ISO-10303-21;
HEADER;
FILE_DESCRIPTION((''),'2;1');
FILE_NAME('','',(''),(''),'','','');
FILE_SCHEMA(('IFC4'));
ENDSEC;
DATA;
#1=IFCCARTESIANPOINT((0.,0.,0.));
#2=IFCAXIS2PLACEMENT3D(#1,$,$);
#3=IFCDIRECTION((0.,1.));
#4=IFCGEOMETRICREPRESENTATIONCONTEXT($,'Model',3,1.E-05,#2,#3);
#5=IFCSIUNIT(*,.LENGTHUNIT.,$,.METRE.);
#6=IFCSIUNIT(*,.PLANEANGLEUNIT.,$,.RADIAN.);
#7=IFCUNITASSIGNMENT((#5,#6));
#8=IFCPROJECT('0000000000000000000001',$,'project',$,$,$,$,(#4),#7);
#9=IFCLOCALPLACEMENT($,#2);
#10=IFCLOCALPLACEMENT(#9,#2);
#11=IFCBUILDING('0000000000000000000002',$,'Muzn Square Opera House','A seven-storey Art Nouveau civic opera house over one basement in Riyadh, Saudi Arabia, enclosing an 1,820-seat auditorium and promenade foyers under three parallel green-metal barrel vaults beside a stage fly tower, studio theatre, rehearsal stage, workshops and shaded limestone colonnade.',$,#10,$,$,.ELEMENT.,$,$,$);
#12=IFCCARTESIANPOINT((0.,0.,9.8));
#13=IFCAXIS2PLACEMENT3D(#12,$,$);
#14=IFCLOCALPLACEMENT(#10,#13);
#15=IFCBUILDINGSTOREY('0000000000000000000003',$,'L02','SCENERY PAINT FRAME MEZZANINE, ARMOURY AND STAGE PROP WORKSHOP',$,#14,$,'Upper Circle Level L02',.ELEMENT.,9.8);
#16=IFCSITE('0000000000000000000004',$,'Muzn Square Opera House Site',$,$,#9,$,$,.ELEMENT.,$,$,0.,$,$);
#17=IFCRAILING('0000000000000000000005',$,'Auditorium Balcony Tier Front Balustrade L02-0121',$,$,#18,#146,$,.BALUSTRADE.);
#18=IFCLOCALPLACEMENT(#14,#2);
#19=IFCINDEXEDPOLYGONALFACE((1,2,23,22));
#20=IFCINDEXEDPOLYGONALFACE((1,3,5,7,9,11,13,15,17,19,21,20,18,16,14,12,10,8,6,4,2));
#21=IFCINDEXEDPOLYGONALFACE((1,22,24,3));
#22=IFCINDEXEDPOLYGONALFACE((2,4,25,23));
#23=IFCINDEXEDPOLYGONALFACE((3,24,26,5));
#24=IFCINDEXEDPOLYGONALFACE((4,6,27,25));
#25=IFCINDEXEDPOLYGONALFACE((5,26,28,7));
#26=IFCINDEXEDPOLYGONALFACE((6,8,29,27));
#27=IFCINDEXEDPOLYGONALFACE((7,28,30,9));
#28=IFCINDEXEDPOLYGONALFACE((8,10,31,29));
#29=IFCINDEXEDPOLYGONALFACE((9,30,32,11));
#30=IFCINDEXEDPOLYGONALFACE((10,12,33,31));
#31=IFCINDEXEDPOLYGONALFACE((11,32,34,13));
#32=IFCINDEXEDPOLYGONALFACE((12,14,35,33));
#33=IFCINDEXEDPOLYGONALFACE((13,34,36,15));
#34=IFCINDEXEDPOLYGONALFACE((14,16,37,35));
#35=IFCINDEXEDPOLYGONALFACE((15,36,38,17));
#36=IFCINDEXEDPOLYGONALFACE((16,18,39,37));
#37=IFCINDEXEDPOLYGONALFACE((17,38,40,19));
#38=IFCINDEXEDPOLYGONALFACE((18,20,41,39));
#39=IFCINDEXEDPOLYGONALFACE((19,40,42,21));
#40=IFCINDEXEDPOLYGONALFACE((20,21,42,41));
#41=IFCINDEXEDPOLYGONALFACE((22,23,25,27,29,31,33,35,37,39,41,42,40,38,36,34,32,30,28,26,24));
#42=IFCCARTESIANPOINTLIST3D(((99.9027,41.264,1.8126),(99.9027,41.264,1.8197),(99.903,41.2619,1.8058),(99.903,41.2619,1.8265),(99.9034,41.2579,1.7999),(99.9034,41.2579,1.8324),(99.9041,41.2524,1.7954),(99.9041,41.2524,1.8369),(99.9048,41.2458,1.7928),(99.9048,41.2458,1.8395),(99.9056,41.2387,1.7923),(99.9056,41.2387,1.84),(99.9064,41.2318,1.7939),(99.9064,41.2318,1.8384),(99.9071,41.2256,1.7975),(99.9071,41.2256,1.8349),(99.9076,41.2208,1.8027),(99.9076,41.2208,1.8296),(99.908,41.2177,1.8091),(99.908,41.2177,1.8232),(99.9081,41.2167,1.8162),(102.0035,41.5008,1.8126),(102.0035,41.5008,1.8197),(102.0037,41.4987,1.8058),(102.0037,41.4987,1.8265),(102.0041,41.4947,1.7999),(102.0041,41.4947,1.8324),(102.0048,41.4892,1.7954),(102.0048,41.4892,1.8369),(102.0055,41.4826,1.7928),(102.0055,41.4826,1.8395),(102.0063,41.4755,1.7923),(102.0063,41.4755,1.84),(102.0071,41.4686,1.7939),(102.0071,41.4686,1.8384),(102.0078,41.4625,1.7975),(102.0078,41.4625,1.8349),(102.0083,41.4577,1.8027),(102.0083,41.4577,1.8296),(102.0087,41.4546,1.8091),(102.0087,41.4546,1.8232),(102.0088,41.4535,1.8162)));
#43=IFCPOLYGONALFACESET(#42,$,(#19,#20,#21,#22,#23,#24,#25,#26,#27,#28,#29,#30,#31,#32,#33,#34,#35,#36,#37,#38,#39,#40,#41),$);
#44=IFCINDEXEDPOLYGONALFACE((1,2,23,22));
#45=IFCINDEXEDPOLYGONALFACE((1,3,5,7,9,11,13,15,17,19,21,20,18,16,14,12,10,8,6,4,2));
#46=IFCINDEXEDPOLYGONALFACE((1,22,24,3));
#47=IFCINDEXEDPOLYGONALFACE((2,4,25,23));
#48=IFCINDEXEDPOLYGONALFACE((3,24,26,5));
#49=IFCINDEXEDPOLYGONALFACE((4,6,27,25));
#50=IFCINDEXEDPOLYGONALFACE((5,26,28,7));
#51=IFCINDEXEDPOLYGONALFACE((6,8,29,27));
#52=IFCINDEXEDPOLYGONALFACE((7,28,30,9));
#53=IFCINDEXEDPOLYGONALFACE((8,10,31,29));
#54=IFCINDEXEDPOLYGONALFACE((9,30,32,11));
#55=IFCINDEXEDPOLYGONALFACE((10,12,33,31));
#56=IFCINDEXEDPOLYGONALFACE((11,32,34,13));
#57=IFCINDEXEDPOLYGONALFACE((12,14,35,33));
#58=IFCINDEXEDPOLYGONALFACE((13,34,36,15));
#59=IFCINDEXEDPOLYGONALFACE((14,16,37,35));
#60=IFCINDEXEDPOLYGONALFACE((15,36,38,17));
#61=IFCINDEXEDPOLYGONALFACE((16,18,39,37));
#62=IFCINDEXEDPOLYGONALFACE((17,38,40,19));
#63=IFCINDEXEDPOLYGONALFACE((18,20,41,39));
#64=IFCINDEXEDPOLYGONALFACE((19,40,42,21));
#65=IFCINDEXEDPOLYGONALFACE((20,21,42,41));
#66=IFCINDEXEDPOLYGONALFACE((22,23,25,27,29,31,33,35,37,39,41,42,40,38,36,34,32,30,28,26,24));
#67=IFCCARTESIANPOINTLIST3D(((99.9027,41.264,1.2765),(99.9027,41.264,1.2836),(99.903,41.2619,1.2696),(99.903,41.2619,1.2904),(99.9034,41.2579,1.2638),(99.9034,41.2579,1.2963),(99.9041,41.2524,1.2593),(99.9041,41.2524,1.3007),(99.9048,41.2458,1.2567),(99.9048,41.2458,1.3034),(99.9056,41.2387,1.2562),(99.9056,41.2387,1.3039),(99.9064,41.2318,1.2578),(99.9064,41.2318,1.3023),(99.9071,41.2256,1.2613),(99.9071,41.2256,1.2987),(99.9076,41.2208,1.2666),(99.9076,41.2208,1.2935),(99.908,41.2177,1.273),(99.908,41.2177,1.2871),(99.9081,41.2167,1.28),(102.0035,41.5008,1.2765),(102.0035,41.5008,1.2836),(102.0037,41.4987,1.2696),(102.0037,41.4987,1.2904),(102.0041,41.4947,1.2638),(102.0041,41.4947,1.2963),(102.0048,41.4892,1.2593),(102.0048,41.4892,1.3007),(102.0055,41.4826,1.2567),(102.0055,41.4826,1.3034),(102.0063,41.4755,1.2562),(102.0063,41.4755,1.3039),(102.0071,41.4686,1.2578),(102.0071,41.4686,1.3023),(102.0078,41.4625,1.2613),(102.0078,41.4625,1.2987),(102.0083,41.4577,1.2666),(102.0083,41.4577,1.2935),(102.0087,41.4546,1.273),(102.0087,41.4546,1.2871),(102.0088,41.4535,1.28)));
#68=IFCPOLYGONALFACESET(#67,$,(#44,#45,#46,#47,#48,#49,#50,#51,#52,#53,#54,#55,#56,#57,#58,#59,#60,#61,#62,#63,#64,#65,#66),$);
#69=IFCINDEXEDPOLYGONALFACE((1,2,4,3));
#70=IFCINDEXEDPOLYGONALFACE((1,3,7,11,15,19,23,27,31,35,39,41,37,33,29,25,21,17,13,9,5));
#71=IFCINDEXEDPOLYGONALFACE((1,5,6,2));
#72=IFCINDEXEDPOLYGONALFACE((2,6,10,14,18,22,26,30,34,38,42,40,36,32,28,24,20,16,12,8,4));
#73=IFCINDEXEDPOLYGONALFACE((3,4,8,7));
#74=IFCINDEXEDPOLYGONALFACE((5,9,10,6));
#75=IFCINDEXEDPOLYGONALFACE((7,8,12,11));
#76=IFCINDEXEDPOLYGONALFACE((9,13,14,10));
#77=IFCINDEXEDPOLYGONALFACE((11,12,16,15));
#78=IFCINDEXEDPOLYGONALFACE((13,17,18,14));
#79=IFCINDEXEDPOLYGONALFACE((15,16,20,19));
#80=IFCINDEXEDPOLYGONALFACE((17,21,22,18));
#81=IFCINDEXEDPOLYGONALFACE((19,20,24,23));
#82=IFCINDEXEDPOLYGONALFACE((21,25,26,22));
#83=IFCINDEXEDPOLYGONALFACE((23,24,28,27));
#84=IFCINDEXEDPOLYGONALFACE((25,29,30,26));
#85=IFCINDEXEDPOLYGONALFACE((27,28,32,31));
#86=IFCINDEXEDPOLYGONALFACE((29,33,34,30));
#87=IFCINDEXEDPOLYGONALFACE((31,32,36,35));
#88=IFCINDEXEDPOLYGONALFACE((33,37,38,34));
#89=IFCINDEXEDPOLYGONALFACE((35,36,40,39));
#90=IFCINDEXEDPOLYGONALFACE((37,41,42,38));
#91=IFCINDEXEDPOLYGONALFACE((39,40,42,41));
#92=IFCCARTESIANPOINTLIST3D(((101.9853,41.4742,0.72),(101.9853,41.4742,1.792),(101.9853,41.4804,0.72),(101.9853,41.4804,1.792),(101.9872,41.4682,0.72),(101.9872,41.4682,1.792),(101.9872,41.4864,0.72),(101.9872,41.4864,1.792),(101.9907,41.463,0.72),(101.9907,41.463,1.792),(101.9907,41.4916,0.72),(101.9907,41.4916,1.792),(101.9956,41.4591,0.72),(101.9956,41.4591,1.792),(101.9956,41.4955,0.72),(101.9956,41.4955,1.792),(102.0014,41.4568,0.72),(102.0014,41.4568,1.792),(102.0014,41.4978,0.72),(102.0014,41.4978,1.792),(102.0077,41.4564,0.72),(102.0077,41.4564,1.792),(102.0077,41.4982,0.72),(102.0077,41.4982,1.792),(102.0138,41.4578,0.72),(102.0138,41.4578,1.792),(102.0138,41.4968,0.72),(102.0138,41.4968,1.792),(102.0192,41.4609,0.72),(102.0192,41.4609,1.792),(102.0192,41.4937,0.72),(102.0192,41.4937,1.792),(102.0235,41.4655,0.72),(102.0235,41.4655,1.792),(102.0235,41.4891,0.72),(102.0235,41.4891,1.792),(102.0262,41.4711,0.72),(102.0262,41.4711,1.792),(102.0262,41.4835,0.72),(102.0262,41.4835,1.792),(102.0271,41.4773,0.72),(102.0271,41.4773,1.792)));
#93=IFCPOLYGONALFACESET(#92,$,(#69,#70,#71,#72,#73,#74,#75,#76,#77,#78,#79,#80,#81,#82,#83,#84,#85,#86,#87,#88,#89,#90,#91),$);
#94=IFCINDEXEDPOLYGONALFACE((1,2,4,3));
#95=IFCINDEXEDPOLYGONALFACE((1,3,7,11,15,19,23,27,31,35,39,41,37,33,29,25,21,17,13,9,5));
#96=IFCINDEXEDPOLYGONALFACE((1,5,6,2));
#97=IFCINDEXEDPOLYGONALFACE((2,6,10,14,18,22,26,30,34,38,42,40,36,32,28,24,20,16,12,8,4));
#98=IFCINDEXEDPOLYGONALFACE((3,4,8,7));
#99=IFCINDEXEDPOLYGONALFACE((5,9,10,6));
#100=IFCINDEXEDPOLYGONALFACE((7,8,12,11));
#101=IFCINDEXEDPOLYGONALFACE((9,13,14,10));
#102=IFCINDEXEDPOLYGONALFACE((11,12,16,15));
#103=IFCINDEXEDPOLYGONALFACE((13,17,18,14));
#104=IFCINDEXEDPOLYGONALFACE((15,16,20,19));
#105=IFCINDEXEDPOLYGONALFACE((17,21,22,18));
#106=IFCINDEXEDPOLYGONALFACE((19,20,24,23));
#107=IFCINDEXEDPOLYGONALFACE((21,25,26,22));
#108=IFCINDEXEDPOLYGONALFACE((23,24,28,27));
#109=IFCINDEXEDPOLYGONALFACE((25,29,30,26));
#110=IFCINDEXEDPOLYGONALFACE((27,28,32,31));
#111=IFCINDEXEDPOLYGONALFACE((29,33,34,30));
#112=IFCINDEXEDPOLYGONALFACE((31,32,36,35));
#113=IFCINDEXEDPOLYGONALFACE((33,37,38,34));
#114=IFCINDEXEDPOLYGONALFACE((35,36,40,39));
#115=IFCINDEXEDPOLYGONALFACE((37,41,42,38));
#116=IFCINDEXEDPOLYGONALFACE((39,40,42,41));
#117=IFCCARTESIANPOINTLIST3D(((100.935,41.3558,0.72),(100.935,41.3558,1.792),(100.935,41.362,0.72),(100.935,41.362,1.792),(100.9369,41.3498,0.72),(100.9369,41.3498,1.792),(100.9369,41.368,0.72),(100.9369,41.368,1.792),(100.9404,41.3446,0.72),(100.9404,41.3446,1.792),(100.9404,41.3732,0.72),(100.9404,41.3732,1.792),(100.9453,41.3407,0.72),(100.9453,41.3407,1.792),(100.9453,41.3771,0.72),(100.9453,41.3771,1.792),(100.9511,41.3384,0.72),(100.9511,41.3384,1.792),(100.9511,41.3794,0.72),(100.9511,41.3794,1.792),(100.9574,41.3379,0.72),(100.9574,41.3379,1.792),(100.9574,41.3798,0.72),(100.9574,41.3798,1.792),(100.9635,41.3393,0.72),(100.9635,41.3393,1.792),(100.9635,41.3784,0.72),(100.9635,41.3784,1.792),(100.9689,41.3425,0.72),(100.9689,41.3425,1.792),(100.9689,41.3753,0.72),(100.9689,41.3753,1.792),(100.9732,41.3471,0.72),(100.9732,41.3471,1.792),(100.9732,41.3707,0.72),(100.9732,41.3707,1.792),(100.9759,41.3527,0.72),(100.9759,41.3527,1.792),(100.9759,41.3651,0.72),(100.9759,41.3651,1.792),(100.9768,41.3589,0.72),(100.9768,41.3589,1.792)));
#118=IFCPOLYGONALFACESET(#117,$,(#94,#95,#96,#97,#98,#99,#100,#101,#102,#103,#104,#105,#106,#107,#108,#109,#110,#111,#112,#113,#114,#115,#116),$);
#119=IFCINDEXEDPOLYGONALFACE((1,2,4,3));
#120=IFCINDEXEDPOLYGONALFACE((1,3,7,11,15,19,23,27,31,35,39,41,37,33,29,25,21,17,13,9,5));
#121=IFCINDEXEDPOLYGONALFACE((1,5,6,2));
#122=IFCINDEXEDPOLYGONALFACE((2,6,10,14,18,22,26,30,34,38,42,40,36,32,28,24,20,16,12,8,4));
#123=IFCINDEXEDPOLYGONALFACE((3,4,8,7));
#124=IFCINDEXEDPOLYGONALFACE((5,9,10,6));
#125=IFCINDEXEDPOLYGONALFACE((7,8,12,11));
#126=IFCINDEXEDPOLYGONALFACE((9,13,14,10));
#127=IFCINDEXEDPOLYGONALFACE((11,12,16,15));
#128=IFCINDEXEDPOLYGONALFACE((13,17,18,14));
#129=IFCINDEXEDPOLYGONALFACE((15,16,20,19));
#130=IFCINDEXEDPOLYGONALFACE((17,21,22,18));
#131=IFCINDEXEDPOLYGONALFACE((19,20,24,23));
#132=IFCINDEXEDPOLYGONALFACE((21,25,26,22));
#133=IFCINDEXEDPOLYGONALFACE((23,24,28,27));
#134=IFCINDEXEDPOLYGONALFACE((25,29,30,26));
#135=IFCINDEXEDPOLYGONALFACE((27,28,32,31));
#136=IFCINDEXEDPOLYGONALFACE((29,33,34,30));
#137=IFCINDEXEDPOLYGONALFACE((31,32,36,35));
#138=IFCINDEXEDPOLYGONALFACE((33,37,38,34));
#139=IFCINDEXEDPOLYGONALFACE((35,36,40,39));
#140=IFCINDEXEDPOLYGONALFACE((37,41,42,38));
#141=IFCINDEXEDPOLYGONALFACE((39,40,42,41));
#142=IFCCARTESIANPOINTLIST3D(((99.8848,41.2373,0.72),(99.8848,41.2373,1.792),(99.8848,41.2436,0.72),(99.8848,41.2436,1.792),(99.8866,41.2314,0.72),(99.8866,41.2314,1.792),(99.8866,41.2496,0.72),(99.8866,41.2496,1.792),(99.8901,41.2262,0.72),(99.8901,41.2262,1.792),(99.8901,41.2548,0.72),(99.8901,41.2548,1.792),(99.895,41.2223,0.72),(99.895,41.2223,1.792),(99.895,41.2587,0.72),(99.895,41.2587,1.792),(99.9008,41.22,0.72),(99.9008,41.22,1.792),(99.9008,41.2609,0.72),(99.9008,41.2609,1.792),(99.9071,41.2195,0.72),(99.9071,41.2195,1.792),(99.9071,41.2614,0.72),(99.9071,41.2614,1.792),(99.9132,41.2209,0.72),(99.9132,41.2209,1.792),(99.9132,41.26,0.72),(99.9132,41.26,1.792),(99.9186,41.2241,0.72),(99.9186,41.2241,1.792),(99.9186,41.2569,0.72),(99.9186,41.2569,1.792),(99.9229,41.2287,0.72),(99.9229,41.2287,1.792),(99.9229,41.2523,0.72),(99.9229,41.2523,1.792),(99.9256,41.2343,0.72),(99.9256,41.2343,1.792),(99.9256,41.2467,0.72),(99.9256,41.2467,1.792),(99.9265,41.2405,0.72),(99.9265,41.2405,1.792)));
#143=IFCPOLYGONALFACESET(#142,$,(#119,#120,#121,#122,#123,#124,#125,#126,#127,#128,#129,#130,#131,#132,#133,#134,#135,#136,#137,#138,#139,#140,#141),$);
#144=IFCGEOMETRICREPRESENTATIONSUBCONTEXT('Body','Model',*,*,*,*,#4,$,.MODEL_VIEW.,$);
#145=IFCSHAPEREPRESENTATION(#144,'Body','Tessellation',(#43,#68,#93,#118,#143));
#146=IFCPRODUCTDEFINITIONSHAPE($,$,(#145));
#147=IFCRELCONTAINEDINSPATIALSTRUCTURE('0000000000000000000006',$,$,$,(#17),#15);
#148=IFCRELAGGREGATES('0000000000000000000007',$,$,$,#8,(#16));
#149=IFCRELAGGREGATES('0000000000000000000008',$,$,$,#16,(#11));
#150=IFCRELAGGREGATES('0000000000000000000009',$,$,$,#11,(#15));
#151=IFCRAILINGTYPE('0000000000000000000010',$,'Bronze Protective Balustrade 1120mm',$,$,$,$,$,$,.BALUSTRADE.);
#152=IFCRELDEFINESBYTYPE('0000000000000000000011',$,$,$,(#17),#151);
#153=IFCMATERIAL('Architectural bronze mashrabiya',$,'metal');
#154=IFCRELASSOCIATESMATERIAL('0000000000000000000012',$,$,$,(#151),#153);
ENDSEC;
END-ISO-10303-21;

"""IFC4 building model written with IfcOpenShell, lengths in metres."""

from ifc_helpers import new_model, si_unit, direction, frame, origin, origin_2d, place, context, subcontext, project, spatial, circle, extrude, material, type_object, element, save


model = new_model("IFC4")

# Units and contexts
model_context = context("Model", 3, precision=1e-05, world=origin(), true_north=direction((0.0, 1.0)))
body_context = subcontext(model_context, "Body", "Model", "MODEL_VIEW")
ifc_project = project(units=[si_unit("LENGTHUNIT", "METRE"), si_unit("PLANEANGLEUNIT", "RADIAN")], contexts=[model_context])

# Site, building, storey
site_placement = place(None, origin())
site = spatial("IfcSite", under=ifc_project, at=site_placement, Name="Muzn Square Opera House Site", CompositionType="ELEMENT", RefElevation=0.0)
building_placement = place(site_placement, origin())
building = spatial("IfcBuilding", under=site, at=building_placement, Name="Muzn Square Opera House", Description="A seven-storey Art Nouveau civic opera house over one basement in Riyadh, Saudi Arabia, enclosing an 1,820-seat auditorium and promenade foyers under three parallel green-metal barrel vaults beside a stage fly tower, studio theatre, rehearsal stage, workshops and shaded limestone colonnade.", CompositionType="ELEMENT")
storey_placement = place(building_placement, frame((0.0, 0.0, 9.8)))
storey = spatial("IfcBuildingStorey", under=building, at=storey_placement, Name="L02", Description="SCENERY PAINT FRAME MEZZANINE, ARMOURY AND STAGE PROP WORKSHOP", LongName="Upper Circle Level L02", CompositionType="ELEMENT", Elevation=9.8)

# Railing
ifc_material_1 = material(Name="Architectural bronze mashrabiya", Category="metal")
railing_type = type_object("IfcRailingType", Name="Bronze Protective Balustrade 1120mm", PredefinedType="BALUSTRADE", material=ifc_material_1)
railing_1_placement = place(storey_placement, frame((102.0061, 41.4773, 0.72)))
element("IfcRailing", 1, at=railing_1_placement, inside=storey, type_object=railing_type, Name="Auditorium Balcony Tier Front Balustrade L02-0121", PredefinedType="BALUSTRADE", context=body_context, shape_type="SweptSolid", body=[
    extrude(circle(Radius=0.0239, at=origin_2d()), frame((0.0, 0.0, 1.0962), z_axis=(-0.993705, -0.112029, 0.0), x_axis=(0.112029, -0.993705, 0.0)), (0.0, 0.0, 1.0), 2.114),
    extrude(circle(Radius=0.0239, at=origin_2d()), frame((0.0, 0.0, 0.5601), z_axis=(-0.993705, -0.112029, 0.0), x_axis=(0.112029, -0.993705, 0.0)), (0.0, 0.0, 1.0), 2.114),
    extrude(circle(Radius=0.021, at=origin_2d()), origin(), (0.0, 0.0, 1.0), 1.072),
    extrude(circle(Radius=0.021, at=origin_2d()), frame((-1.0503, -0.1184, 0.0)), (0.0, 0.0, 1.0), 1.072),
    extrude(circle(Radius=0.021, at=origin_2d()), frame((-2.1006, -0.2368, 0.0)), (0.0, 0.0, 1.0), 1.072),
])

save(model, "model.ifc")
